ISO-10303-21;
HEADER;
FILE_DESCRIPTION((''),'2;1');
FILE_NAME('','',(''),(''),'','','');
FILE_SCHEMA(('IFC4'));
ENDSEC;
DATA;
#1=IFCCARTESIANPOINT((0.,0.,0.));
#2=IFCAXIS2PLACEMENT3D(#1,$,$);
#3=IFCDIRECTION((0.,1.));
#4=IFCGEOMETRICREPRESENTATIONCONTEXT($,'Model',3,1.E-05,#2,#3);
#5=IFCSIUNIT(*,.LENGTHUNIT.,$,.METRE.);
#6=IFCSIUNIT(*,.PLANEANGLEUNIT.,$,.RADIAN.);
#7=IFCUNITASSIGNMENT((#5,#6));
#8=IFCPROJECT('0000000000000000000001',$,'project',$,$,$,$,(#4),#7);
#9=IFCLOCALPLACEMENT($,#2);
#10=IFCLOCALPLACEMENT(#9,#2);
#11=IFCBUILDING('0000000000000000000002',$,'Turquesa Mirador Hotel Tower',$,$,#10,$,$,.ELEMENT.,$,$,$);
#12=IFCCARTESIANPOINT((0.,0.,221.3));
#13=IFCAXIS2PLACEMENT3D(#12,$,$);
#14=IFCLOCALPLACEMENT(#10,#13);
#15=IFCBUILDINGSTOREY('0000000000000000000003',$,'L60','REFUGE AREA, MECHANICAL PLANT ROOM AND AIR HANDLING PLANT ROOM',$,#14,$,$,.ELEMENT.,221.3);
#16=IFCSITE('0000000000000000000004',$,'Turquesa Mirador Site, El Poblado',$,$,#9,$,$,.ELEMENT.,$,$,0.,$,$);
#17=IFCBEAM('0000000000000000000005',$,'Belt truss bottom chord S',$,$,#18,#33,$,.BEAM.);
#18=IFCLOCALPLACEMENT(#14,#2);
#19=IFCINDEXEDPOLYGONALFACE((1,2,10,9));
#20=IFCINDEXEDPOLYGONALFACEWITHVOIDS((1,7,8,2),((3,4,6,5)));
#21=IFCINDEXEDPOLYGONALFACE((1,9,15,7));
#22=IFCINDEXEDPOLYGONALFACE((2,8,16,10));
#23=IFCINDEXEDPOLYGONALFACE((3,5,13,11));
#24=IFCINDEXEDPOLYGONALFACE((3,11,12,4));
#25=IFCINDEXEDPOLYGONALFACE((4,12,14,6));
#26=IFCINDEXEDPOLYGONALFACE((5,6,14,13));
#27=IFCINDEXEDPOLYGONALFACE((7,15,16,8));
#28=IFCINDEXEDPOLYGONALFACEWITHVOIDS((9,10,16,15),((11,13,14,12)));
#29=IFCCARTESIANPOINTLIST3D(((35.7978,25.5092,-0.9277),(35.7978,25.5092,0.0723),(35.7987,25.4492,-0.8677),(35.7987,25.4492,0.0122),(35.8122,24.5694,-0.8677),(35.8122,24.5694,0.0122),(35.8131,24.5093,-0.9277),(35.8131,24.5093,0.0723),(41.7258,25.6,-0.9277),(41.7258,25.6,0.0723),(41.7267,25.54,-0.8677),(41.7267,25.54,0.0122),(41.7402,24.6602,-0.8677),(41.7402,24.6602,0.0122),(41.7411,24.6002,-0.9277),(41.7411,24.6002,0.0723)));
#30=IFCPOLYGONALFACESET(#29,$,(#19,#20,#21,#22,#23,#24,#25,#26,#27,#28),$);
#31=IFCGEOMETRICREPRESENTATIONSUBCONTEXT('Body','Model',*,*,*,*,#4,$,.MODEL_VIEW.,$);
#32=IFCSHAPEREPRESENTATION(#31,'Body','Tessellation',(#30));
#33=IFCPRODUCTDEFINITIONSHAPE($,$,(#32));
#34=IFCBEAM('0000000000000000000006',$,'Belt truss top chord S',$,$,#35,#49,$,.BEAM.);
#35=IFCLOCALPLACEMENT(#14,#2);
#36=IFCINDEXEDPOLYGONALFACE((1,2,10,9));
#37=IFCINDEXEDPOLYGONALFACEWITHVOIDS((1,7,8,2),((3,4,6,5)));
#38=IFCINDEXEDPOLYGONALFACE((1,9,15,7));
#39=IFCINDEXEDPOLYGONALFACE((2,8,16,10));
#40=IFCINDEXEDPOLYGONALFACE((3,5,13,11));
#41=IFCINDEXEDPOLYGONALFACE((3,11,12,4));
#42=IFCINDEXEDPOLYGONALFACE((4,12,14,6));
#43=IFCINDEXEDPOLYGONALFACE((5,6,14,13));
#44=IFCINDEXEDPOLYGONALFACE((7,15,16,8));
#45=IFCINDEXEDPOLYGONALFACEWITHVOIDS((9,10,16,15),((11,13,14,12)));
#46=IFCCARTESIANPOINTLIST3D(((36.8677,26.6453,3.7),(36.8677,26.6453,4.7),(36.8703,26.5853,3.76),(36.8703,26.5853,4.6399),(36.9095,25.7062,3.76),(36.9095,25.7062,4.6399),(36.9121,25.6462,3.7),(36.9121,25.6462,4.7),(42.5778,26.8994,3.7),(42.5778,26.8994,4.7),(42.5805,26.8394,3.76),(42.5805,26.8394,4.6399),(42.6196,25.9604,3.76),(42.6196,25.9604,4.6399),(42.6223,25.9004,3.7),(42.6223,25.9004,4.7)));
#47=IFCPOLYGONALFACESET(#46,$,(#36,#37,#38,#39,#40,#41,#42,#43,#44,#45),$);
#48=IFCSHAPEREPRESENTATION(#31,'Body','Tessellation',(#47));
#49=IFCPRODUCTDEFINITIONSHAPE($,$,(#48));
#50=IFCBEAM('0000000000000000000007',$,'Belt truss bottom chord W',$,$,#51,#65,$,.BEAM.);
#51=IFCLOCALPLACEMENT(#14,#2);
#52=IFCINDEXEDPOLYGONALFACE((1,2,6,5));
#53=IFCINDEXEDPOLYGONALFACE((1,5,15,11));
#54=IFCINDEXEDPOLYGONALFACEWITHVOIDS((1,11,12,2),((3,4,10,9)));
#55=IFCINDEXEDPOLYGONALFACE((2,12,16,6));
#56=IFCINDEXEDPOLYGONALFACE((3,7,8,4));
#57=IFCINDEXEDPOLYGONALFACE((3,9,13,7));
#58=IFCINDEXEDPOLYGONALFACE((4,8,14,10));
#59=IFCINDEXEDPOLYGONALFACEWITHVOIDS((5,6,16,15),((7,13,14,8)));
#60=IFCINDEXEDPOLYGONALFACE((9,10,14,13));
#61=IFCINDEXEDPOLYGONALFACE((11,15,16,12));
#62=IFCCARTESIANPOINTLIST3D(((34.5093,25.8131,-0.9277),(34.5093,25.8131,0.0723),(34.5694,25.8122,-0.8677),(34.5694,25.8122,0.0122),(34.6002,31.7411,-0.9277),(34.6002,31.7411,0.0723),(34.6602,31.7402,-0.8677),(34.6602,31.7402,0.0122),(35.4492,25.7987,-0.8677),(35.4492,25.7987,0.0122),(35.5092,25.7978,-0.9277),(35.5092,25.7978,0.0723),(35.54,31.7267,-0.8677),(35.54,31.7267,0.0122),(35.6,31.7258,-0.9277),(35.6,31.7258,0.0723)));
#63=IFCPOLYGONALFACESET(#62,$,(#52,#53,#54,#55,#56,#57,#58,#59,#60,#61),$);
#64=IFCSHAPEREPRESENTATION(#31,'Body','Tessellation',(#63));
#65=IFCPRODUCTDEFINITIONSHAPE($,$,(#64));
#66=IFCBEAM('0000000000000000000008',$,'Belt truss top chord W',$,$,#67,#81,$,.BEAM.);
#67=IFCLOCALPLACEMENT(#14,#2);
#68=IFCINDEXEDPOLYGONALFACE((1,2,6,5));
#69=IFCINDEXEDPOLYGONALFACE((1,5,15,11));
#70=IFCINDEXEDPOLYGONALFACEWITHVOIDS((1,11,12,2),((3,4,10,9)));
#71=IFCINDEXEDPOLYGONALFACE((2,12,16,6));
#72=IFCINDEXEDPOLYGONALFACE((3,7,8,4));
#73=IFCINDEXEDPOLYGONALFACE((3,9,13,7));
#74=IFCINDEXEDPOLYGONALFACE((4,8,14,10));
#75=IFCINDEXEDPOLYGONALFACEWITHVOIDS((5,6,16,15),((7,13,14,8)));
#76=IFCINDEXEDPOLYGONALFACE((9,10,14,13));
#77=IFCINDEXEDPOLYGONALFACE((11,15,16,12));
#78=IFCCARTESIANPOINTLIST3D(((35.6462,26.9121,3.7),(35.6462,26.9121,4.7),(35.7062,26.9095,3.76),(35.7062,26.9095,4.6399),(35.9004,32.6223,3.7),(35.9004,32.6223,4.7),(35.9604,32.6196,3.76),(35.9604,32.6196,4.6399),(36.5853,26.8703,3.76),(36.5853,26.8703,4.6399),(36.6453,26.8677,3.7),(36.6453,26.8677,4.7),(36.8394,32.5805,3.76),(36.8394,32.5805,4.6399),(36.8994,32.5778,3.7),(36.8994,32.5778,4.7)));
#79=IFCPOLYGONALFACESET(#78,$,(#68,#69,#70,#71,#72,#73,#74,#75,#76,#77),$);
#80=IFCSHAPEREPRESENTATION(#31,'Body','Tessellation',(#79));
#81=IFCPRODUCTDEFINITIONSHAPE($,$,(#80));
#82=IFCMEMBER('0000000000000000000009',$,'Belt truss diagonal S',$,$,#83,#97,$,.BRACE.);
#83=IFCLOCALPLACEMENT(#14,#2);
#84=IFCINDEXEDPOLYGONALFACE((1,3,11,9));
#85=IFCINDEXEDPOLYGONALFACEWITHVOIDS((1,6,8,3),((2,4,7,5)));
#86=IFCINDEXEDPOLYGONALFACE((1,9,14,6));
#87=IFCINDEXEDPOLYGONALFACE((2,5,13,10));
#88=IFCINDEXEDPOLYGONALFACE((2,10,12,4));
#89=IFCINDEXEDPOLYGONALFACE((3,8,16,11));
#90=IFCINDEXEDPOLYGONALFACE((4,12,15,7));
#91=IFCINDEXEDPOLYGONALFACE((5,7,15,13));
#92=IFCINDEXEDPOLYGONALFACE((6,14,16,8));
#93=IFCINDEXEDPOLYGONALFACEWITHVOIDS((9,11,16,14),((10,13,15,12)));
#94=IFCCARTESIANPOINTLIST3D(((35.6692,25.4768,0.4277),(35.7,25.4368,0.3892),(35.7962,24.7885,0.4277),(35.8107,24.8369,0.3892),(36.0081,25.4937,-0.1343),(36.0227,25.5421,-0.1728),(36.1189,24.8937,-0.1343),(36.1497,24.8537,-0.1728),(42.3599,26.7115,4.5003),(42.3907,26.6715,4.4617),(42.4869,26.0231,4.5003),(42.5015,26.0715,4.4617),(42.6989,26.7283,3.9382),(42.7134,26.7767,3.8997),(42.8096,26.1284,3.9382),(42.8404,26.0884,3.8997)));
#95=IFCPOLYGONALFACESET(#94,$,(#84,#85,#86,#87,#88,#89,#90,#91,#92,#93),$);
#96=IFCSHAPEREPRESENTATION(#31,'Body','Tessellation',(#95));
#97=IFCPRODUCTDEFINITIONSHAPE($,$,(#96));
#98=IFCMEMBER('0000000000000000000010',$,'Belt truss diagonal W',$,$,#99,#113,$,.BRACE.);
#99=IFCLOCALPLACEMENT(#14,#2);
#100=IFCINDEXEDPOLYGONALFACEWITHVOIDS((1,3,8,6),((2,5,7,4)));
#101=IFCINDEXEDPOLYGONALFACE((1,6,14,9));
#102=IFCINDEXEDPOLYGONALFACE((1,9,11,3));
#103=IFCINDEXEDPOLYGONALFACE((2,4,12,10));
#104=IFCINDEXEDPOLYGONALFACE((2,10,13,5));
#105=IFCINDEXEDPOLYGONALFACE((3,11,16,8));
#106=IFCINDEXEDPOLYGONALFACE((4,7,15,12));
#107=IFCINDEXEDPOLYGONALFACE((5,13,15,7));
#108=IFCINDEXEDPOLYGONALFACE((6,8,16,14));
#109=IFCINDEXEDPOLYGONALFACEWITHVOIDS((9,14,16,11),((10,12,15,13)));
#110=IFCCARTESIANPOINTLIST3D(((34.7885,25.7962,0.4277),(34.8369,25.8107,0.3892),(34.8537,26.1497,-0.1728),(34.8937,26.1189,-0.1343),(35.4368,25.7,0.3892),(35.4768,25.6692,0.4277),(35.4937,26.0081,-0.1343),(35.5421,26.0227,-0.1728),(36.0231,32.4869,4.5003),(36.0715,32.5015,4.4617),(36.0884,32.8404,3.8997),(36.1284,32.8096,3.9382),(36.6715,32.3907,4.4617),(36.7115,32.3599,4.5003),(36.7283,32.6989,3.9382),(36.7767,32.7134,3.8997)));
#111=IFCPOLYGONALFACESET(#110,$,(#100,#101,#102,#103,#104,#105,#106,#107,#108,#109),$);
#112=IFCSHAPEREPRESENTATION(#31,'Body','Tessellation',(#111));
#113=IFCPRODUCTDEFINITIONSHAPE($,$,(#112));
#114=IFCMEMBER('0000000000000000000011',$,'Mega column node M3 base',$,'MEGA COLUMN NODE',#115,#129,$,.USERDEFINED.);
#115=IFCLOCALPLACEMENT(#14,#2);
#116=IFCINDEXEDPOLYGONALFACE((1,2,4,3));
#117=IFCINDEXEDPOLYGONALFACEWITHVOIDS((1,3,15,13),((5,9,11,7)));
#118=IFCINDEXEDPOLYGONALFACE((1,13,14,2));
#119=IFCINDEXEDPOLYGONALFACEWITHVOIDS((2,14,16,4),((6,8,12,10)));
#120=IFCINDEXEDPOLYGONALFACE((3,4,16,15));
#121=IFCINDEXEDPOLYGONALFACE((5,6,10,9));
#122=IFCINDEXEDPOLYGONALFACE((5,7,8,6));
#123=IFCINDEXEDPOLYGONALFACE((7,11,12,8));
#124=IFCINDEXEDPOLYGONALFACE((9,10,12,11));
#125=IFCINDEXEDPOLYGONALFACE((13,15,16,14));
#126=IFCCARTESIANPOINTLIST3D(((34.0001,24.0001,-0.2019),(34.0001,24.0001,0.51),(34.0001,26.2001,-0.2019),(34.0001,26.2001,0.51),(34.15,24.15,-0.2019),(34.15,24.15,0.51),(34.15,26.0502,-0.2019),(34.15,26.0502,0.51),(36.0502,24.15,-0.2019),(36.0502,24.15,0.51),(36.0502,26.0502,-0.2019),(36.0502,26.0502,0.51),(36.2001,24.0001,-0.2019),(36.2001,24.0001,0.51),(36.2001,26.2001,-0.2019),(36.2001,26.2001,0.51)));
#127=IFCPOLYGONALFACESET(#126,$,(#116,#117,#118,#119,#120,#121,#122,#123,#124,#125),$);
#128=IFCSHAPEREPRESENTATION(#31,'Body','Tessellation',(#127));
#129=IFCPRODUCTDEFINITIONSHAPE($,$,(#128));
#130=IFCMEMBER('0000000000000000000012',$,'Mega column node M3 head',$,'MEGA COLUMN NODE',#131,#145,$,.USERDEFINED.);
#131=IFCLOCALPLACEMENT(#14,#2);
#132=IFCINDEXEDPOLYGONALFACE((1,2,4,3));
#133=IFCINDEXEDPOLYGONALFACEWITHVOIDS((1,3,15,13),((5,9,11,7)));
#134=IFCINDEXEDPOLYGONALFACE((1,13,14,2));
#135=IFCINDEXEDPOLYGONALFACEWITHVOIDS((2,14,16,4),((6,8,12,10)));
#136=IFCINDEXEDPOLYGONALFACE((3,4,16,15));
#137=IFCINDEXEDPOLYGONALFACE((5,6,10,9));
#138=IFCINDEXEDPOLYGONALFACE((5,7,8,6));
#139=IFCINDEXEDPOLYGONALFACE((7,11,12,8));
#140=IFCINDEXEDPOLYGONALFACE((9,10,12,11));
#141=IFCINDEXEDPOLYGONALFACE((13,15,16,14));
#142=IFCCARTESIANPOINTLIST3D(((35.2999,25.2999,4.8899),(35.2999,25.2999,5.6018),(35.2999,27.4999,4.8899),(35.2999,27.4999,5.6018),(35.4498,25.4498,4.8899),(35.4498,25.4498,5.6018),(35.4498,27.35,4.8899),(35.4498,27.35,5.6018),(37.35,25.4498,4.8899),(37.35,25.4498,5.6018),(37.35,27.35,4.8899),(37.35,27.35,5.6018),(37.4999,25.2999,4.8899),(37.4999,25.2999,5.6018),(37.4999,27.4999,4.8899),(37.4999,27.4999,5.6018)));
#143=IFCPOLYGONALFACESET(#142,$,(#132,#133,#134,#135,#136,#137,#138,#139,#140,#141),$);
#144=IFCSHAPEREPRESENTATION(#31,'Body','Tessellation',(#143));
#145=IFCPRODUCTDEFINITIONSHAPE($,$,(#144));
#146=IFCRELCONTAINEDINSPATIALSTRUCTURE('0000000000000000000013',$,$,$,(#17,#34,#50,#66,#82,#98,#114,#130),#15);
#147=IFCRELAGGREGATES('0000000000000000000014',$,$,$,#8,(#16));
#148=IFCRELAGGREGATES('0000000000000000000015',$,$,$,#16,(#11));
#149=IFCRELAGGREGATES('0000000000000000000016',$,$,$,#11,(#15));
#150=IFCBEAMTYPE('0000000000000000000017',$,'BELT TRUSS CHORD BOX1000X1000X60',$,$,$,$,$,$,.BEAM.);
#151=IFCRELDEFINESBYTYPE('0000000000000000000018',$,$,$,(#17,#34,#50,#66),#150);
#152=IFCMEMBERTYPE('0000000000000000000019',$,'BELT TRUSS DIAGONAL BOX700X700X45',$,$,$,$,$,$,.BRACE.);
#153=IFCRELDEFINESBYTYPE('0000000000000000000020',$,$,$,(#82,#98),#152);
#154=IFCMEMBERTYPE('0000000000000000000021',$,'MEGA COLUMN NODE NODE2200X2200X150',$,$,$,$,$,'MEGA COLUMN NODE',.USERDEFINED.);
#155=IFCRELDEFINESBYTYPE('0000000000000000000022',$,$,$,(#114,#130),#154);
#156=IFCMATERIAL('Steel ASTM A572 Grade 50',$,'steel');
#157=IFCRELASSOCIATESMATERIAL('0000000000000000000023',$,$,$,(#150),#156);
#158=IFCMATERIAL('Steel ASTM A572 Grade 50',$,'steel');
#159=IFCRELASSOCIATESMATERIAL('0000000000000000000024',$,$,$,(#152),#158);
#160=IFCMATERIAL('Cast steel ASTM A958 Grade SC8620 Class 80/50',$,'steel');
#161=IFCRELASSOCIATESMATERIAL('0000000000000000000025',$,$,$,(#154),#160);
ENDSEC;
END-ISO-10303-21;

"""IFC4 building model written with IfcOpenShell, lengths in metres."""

from ifc_helpers import new_model, si_unit, direction, frame, origin, origin_2d, place, context, subcontext, project, spatial, hollow_rectangle, extrude, material, material_profile, profile_set, type_object, element, save


model = new_model("IFC4")

# Units and contexts
model_context = context("Model", 3, precision=1e-05, world=origin(), true_north=direction((0.0, 1.0)))
body_context = subcontext(model_context, "Body", "Model", "MODEL_VIEW")
ifc_project = project(units=[si_unit("LENGTHUNIT", "METRE"), si_unit("PLANEANGLEUNIT", "RADIAN")], contexts=[model_context])

# Site, building, storey
site_placement = place(None, origin())
site = spatial("IfcSite", under=ifc_project, at=site_placement, Name="Turquesa Mirador Site, El Poblado", CompositionType="ELEMENT", RefElevation=0.0)
building_placement = place(site_placement, origin())
building = spatial("IfcBuilding", under=site, at=building_placement, Name="Turquesa Mirador Hotel Tower", CompositionType="ELEMENT")
storey_placement = place(building_placement, frame((0.0, 0.0, 221.3)))
storey = spatial("IfcBuildingStorey", under=building, at=storey_placement, Name="L60", Description="REFUGE AREA, MECHANICAL PLANT ROOM AND AIR HANDLING PLANT ROOM", CompositionType="ELEMENT", Elevation=221.3)

# Beams
ifc_material_1 = material(Name="Steel ASTM A572 Grade 50", Category="steel")
ifc_material_profile_1 = material_profile(ifc_material_1, hollow_rectangle(XDim=1.0, YDim=1.0, WallThickness=0.0601, at=origin_2d()), Name="BOX1000X1000X60")
ifc_profile_set_1 = profile_set([ifc_material_profile_1], Name="Steel ASTM A572 Grade 50")
beam_type = type_object("IfcBeamType", Name="BELT TRUSS CHORD BOX1000X1000X60", PredefinedType="BEAM", material=ifc_profile_set_1)
beam_1_placement = place(storey_placement, frame((35.8054, 25.0093, -0.4277), z_axis=(0.999883, 0.015319, 0.0), x_axis=(-0.015319, 0.999883, 0.0)))
element("IfcBeam", 1, at=beam_1_placement, inside=storey, type_object=beam_type, Name="Belt truss bottom chord S", PredefinedType="BEAM", context=body_context, shape_type="SweptSolid", body=[
    extrude(hollow_rectangle(XDim=1.0, YDim=1.0, WallThickness=0.0601, at=origin_2d()), origin(), (0.0, 0.0, 1.0), 5.9287),
])
beam_2_placement = place(storey_placement, frame((36.8899, 26.1458, 4.2), z_axis=(0.999011, 0.044464, 0.0), x_axis=(-0.044464, 0.999011, 0.0)))
element("IfcBeam", 2, at=beam_2_placement, inside=storey, type_object=beam_type, Name="Belt truss top chord S", PredefinedType="BEAM", context=body_context, shape_type="SweptSolid", body=[
    extrude(hollow_rectangle(XDim=1.0, YDim=1.0, WallThickness=0.0601, at=origin_2d()), origin(), (0.0, 0.0, 1.0), 5.7158),
])
beam_3_placement = place(storey_placement, frame((35.0093, 25.8054, -0.4277), z_axis=(0.015319, 0.999883, 0.0), x_axis=(-0.999883, 0.015319, 0.0)))
element("IfcBeam", 3, at=beam_3_placement, inside=storey, type_object=beam_type, Name="Belt truss bottom chord W", PredefinedType="BEAM", context=body_context, shape_type="SweptSolid", body=[
    extrude(hollow_rectangle(XDim=1.0, YDim=1.0, WallThickness=0.0601, at=origin_2d()), origin(), (0.0, 0.0, 1.0), 5.9287),
])
beam_4_placement = place(storey_placement, frame((36.1458, 26.8899, 4.2), z_axis=(0.044464, 0.999011, 0.0), x_axis=(-0.999011, 0.044464, 0.0)))
element("IfcBeam", 4, at=beam_4_placement, inside=storey, type_object=beam_type, Name="Belt truss top chord W", PredefinedType="BEAM", context=body_context, shape_type="SweptSolid", body=[
    extrude(hollow_rectangle(XDim=1.0, YDim=1.0, WallThickness=0.0601, at=origin_2d()), origin(), (0.0, 0.0, 1.0), 5.7158),
])

# Members
ifc_material_2 = material(Name="Steel ASTM A572 Grade 50", Category="steel")
ifc_material_profile_2 = material_profile(ifc_material_2, hollow_rectangle(XDim=0.7, YDim=0.7, WallThickness=0.0449, at=origin_2d()), Name="BOX700X700X45")
ifc_profile_set_2 = profile_set([ifc_material_profile_2], Name="Steel ASTM A572 Grade 50")
member_type_1 = type_object("IfcMemberType", Name="BELT TRUSS DIAGONAL BOX700X700X45", PredefinedType="BRACE", material=ifc_profile_set_2)
for number, where, z_axis, x_axis, name in (
    (5, (35.9094, 25.1653, 0.1274), (0.843785, 0.155702, 0.513599), (-0.181465, 0.983397, 0.0), "Belt truss diagonal S"),
    (6, (35.1653, 25.9094, 0.1274), (0.155702, 0.843785, 0.513599), (-0.983397, 0.181465, 0.0), "Belt truss diagonal W"),
):
    element("IfcMember", number, at=place(storey_placement, frame(where, z_axis=z_axis, x_axis=x_axis)), inside=storey, type_object=member_type_1, Name=name, PredefinedType="BRACE", context=body_context, shape_type="SweptSolid", body=[
        extrude(hollow_rectangle(XDim=0.7, YDim=0.7, WallThickness=0.0449, at=origin_2d()), origin(), (0.0, 0.0, 1.0), 7.9294),
    ])
ifc_material_3 = material(Name="Cast steel ASTM A958 Grade SC8620 Class 80/50", Category="steel")
ifc_material_profile_3 = material_profile(ifc_material_3, hollow_rectangle(XDim=2.2, YDim=2.2, WallThickness=0.1499, at=origin_2d()), Name="NODE2200X2200X150")
ifc_profile_set_3 = profile_set([ifc_material_profile_3], Name="Cast steel ASTM A958 Grade SC8620 Class 80/50")
member_type_2 = type_object("IfcMemberType", Name="MEGA COLUMN NODE NODE2200X2200X150", ElementType="MEGA COLUMN NODE", PredefinedType="USERDEFINED", material=ifc_profile_set_3)
for number, where, z_axis, x_axis, name in (
    (7, (35.1001, 25.1001, -0.2019), (0.0, 0.0, 1.0), (1.0, 0.0, 0.0), "Mega column node M3 base"),
    (8, (36.3999, 26.3999, 4.8899), (0.0, 0.0, 1.0), (1.0, 0.0, 0.0), "Mega column node M3 head"),
):
    element("IfcMember", number, at=place(storey_placement, frame(where, z_axis=z_axis, x_axis=x_axis)), inside=storey, type_object=member_type_2, Name=name, ObjectType="MEGA COLUMN NODE", PredefinedType="USERDEFINED", context=body_context, shape_type="SweptSolid", body=[
        extrude(hollow_rectangle(XDim=2.2, YDim=2.2, WallThickness=0.1499, at=origin_2d()), origin(), (0.0, 0.0, 1.0), 0.7119),
    ])

save(model, "model.ifc")
